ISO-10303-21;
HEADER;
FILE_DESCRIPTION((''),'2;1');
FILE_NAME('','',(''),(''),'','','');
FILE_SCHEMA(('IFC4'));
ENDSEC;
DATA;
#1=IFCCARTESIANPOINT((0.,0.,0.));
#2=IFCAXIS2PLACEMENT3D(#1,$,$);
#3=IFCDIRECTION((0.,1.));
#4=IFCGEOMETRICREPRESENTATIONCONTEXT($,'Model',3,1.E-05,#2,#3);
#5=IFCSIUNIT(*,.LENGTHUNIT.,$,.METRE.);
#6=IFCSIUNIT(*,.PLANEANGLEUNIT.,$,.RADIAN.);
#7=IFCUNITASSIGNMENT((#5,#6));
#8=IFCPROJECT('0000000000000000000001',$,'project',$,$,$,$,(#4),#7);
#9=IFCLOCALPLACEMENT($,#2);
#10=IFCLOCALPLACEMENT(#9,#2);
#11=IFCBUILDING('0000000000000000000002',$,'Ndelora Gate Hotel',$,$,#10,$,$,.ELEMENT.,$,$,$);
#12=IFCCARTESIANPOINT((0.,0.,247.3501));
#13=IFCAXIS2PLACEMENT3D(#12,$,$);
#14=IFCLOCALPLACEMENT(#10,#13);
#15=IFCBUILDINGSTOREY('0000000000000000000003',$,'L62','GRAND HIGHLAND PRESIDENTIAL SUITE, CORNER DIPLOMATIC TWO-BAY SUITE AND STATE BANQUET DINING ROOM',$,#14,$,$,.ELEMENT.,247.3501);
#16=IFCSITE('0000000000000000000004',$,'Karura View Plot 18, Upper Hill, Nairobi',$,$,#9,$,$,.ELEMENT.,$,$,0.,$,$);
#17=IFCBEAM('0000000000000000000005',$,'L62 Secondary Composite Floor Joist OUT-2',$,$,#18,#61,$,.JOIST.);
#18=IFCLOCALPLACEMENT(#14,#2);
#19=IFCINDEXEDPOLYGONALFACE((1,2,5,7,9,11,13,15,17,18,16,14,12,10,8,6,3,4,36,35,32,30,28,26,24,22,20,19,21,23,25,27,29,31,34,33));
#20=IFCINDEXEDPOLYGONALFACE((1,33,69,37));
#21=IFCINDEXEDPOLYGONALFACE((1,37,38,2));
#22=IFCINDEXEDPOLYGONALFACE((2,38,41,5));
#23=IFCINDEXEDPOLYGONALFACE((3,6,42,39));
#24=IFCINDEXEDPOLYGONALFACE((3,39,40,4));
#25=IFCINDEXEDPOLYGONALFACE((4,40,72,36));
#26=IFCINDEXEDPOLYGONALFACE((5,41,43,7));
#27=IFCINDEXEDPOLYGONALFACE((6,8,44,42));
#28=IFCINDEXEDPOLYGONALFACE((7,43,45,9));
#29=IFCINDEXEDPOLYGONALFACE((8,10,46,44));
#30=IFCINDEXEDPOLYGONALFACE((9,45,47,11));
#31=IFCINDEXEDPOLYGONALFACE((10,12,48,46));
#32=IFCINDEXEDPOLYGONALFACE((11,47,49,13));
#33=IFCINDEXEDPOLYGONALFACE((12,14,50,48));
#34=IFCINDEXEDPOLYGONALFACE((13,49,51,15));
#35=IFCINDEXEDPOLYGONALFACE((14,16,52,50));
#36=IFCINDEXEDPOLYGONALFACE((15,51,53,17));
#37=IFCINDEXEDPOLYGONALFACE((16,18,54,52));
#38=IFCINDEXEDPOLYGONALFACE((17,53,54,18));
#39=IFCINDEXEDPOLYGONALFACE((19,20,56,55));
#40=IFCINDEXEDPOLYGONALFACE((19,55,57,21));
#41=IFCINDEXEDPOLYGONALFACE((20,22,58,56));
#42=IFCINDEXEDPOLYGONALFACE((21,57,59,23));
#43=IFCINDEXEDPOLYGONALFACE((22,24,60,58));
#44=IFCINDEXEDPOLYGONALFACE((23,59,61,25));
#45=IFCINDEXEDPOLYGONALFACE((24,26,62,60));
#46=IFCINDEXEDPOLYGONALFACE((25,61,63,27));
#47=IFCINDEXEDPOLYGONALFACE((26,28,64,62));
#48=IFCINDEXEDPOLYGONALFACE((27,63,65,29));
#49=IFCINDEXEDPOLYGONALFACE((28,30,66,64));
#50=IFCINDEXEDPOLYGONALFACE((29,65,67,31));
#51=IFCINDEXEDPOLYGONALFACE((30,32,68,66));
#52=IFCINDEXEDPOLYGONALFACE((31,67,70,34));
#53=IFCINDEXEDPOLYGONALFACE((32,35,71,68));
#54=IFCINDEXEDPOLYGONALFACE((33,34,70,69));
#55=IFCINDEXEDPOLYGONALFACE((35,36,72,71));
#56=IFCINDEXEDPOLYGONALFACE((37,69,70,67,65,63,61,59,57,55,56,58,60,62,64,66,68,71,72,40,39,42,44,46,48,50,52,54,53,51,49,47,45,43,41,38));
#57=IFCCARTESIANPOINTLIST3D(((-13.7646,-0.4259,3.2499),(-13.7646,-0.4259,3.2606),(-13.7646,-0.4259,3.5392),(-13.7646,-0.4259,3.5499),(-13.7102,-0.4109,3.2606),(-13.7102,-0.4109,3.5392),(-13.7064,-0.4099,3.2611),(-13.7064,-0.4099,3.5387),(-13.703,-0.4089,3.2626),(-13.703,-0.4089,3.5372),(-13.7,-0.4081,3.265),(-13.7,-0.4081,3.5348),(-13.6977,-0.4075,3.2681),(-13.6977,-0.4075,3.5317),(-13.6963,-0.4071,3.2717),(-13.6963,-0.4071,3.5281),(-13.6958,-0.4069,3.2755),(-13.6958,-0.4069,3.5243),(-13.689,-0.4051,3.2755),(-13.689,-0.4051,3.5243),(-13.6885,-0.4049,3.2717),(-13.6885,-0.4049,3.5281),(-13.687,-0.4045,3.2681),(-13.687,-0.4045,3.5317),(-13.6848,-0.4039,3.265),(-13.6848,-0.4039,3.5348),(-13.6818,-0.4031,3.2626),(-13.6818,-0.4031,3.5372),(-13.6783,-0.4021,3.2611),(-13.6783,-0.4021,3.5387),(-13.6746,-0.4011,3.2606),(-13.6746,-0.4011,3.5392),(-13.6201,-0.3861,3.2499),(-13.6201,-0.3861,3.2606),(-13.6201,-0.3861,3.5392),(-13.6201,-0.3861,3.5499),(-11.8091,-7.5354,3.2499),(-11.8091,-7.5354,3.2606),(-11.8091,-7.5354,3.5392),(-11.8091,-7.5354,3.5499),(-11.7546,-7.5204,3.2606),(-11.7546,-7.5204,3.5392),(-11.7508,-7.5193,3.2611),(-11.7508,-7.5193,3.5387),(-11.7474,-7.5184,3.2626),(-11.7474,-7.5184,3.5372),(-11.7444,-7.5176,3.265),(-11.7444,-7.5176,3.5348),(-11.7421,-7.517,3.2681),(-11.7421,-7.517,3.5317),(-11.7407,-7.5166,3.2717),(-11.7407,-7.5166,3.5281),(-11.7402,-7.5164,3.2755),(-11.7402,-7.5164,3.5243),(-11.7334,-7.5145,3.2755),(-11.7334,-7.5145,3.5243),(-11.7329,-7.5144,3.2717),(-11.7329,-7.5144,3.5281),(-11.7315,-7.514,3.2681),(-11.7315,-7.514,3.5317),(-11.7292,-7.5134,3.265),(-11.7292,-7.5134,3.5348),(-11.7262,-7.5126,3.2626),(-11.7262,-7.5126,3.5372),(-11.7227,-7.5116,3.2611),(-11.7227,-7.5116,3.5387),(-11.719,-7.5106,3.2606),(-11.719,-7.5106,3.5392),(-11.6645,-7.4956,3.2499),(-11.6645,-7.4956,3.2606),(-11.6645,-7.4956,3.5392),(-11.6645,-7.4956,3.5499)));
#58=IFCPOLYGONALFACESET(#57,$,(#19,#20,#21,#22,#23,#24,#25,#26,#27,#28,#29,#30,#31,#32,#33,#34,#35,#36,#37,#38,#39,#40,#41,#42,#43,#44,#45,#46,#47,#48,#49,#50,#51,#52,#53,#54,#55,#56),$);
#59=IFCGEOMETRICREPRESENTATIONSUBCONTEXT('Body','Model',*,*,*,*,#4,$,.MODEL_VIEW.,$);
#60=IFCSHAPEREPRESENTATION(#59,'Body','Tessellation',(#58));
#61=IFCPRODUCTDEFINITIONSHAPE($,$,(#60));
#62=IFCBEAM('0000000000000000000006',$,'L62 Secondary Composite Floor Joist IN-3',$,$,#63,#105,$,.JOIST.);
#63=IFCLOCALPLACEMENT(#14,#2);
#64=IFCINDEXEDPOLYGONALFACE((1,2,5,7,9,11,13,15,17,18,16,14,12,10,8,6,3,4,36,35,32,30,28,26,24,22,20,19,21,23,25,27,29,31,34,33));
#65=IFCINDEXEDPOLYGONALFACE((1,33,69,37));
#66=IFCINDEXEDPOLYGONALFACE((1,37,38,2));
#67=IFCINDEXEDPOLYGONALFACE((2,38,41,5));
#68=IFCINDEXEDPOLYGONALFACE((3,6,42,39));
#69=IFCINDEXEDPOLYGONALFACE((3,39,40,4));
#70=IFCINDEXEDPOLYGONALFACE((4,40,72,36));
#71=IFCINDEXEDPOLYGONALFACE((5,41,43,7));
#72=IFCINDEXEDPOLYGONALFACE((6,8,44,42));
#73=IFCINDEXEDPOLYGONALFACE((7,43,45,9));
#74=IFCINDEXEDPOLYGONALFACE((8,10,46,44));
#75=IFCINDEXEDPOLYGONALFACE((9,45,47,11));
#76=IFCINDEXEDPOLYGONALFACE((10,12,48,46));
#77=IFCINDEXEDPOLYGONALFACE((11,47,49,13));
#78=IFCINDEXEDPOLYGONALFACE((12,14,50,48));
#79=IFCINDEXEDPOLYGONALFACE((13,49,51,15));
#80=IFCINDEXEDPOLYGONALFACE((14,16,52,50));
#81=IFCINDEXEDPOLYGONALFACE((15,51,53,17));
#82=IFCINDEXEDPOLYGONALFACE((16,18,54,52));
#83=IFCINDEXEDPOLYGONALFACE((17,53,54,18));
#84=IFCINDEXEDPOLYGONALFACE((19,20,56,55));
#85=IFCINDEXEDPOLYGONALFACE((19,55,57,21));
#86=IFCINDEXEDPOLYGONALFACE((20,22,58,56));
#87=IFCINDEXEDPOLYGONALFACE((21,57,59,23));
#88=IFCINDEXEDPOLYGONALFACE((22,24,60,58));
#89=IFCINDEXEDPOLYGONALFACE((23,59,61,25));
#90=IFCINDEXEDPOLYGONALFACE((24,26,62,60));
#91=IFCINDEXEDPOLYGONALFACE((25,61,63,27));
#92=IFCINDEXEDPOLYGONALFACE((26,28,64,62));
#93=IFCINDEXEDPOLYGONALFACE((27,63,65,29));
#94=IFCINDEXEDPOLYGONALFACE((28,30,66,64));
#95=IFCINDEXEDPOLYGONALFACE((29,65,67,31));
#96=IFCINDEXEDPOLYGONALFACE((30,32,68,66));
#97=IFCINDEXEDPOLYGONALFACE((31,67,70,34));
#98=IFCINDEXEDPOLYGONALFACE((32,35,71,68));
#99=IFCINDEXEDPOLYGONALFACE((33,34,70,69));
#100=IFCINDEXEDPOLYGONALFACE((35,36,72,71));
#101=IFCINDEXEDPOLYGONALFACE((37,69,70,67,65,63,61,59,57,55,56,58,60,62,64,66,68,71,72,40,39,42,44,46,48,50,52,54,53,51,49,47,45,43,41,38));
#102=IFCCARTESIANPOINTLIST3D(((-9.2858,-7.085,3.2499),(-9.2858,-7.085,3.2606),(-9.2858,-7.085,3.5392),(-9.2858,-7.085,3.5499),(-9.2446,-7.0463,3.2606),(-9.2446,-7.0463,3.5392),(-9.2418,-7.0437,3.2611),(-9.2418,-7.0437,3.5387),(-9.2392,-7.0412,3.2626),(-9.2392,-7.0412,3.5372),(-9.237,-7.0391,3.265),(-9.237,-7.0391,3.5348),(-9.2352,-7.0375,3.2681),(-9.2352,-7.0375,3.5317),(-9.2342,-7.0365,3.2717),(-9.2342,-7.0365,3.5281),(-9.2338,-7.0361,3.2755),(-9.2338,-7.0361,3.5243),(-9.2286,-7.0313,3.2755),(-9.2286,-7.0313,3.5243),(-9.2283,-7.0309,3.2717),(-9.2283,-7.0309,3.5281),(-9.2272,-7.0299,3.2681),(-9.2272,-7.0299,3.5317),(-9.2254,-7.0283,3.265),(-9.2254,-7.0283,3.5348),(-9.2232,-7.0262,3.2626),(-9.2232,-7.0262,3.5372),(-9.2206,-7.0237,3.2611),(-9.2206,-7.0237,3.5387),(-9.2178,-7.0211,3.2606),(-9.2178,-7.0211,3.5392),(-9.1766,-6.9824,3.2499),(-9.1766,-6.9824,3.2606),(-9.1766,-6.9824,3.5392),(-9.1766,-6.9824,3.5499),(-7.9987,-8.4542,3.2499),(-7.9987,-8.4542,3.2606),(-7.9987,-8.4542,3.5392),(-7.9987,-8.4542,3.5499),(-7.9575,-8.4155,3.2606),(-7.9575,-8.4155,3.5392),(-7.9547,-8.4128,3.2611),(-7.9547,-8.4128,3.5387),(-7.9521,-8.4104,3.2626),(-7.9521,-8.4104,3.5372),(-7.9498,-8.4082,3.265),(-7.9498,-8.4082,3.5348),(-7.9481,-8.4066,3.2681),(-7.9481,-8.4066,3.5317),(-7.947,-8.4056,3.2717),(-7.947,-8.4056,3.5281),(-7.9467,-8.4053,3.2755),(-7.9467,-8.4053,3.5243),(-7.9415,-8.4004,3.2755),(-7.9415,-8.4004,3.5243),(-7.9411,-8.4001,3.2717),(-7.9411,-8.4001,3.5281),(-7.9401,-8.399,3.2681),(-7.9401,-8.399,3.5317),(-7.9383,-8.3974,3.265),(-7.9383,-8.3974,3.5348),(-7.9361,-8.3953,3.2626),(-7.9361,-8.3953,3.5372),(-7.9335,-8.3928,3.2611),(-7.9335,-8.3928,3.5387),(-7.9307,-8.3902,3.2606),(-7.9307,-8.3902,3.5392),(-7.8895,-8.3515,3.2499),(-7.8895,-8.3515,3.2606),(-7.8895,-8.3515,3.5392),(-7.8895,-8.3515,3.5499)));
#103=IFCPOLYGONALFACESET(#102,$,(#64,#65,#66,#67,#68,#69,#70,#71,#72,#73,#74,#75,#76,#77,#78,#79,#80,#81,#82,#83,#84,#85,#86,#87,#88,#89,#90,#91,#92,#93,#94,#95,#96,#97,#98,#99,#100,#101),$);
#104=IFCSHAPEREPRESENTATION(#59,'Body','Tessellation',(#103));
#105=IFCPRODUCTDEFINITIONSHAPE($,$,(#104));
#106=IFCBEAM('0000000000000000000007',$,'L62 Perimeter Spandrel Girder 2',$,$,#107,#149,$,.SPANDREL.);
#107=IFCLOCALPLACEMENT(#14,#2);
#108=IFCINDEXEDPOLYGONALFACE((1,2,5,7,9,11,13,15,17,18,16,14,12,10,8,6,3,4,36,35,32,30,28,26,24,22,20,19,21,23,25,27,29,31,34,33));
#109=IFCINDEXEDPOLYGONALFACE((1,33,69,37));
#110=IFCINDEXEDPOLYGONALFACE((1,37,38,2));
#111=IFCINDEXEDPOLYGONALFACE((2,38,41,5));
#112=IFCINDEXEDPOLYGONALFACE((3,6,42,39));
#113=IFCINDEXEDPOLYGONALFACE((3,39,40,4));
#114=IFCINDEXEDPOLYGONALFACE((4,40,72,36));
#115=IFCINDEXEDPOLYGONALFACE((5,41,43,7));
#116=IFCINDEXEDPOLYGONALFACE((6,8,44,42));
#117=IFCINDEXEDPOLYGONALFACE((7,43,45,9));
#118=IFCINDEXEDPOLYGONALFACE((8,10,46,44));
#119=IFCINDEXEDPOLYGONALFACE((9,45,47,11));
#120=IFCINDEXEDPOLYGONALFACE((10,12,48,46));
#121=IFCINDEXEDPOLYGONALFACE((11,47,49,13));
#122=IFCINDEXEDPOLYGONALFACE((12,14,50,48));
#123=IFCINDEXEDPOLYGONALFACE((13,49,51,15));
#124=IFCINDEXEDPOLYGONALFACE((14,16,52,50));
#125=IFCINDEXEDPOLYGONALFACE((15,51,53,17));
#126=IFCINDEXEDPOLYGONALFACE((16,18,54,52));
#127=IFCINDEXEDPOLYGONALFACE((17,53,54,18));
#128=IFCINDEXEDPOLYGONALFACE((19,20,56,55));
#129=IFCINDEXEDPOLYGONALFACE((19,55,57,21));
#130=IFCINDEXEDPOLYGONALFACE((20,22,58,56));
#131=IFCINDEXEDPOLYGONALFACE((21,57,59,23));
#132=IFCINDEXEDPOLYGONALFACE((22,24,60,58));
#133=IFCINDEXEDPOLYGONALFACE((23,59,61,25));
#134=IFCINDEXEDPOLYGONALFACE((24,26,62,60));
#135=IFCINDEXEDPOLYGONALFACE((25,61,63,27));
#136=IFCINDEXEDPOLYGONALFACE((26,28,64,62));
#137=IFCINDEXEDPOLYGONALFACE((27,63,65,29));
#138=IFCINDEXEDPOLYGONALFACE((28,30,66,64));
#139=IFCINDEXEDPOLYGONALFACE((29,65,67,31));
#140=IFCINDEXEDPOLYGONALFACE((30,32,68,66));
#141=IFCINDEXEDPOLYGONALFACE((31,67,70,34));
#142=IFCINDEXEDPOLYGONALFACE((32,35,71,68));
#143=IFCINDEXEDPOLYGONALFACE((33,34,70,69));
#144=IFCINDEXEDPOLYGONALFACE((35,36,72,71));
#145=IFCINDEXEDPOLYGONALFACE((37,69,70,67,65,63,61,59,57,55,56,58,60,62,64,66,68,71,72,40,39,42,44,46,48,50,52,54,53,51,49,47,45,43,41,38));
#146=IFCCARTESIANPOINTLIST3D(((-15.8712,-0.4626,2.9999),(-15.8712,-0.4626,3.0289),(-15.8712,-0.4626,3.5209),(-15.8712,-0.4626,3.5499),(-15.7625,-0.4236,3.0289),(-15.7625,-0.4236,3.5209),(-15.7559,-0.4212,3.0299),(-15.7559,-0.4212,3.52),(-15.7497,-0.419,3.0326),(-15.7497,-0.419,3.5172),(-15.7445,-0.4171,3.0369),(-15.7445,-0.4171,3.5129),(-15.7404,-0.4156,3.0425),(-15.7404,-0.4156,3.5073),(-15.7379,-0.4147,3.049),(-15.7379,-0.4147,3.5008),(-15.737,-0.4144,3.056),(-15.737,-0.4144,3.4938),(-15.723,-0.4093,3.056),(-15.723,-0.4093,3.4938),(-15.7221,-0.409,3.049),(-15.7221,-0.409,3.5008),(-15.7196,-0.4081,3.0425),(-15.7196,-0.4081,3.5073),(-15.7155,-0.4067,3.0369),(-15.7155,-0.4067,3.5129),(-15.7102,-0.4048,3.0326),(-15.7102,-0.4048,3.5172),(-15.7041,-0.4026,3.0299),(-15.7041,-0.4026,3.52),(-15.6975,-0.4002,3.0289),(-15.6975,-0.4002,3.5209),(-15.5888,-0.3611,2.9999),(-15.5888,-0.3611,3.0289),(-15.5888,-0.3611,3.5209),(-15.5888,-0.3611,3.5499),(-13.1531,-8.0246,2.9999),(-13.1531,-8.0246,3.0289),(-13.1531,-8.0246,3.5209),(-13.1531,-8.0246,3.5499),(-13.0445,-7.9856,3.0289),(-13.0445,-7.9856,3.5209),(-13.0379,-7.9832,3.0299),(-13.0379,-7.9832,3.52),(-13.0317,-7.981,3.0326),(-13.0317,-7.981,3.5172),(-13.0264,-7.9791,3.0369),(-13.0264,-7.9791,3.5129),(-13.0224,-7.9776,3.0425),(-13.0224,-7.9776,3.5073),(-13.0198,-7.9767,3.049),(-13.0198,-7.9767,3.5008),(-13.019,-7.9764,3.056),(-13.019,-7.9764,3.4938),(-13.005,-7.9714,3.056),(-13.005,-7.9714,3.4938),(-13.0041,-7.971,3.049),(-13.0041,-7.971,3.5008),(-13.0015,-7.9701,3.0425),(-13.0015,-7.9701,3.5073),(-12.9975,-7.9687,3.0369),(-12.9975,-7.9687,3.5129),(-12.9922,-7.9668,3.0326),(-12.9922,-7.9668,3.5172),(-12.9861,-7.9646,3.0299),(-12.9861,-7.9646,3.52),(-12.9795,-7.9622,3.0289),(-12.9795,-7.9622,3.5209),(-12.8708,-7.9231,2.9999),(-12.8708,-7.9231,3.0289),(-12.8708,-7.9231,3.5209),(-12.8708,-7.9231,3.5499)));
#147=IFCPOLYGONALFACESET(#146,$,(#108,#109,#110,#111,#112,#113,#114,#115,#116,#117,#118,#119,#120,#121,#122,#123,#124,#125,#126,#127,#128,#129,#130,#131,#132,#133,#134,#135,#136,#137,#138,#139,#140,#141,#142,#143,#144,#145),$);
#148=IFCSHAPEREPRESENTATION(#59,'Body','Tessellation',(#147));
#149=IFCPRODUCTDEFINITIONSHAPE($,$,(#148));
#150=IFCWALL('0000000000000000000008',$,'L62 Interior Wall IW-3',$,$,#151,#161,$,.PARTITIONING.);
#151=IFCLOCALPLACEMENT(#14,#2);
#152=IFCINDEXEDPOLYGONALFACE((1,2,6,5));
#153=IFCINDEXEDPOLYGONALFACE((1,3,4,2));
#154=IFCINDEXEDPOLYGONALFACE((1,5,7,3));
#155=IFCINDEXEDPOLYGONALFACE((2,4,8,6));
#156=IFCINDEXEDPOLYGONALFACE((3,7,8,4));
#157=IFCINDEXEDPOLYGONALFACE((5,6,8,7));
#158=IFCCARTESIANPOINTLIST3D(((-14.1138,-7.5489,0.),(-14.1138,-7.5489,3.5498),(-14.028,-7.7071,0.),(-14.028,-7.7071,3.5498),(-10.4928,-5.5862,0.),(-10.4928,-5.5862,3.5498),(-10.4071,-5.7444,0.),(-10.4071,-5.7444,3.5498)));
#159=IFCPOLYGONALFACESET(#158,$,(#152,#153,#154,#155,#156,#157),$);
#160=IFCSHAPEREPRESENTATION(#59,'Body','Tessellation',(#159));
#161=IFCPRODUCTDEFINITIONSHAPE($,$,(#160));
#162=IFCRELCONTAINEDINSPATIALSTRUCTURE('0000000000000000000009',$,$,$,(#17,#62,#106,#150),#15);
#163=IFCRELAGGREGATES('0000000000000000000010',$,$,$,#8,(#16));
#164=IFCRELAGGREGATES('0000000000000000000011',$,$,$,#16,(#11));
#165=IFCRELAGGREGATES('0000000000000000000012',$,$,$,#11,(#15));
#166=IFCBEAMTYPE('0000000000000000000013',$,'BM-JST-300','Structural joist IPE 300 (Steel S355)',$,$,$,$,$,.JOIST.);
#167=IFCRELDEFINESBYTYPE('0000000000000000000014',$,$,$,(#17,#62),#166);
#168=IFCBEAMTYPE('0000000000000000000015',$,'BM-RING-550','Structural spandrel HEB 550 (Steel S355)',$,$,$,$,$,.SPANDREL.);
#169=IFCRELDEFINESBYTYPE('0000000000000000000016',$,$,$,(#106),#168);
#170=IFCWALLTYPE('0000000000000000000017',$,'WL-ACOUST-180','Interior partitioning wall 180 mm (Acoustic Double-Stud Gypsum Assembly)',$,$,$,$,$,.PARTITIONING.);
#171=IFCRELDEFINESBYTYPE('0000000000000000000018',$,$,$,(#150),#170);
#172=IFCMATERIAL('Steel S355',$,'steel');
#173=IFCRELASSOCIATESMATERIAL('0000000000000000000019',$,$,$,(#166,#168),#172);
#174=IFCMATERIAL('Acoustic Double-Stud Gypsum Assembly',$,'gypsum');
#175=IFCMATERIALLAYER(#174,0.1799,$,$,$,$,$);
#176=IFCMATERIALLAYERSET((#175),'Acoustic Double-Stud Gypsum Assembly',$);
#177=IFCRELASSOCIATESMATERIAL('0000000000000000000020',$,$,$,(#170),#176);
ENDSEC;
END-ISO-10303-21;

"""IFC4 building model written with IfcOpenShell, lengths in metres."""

from ifc_helpers import new_model, si_unit, direction, frame, frame_2d, origin, origin_2d, place, context, subcontext, project, spatial, rectangle, i_section, extrude, material, layer, layer_set, material_profile, profile_set, type_object, element, save


model = new_model("IFC4")

# Units and contexts
model_context = context("Model", 3, precision=1e-05, world=origin(), true_north=direction((0.0, 1.0)))
body_context = subcontext(model_context, "Body", "Model", "MODEL_VIEW")
ifc_project = project(units=[si_unit("LENGTHUNIT", "METRE"), si_unit("PLANEANGLEUNIT", "RADIAN")], contexts=[model_context])

# Site, building, storey
site_placement = place(None, origin())
site = spatial("IfcSite", under=ifc_project, at=site_placement, Name="Karura View Plot 18, Upper Hill, Nairobi", CompositionType="ELEMENT", RefElevation=0.0)
building_placement = place(site_placement, origin())
building = spatial("IfcBuilding", under=site, at=building_placement, Name="Ndelora Gate Hotel", CompositionType="ELEMENT")
storey_placement = place(building_placement, frame((0.0, 0.0, 247.3501)))
storey = spatial("IfcBuildingStorey", under=building, at=storey_placement, Name="L62", Description="GRAND HIGHLAND PRESIDENTIAL SUITE, CORNER DIPLOMATIC TWO-BAY SUITE AND STATE BANQUET DINING ROOM", CompositionType="ELEMENT", Elevation=247.3501)

# Beams
ifc_material_1 = material(Name="Steel S355", Category="steel")
ifc_material_profile_1 = material_profile(ifc_material_1, i_section(OverallWidth=0.1499, OverallDepth=0.3, WebThickness=0.0071, FlangeThickness=0.0107, FilletRadius=0.0149, at=origin_2d()), Name="IPE 300")
ifc_profile_set_1 = profile_set([ifc_material_profile_1], Name="Steel S355")
beam_type_1 = type_object("IfcBeamType", Name="BM-JST-300", Description="Structural joist IPE 300 (Steel S355)", PredefinedType="JOIST", material=ifc_profile_set_1)
beam_1_placement = place(storey_placement, frame((-13.6924, -0.406, 3.3999), z_axis=(0.265218, -0.964188, 0.0), x_axis=(0.964188, 0.265218, 0.0)))
element("IfcBeam", 1, at=beam_1_placement, inside=storey, type_object=beam_type_1, Name="L62 Secondary Composite Floor Joist OUT-2", PredefinedType="JOIST", context=body_context, shape_type="SweptSolid", body=[
    extrude(i_section(OverallWidth=0.1499, OverallDepth=0.3, WebThickness=0.0071, FlangeThickness=0.0107, FilletRadius=0.0149, at=origin_2d()), origin(), (0.0, 0.0, 1.0), 7.3735),
])
beam_2_placement = place(storey_placement, frame((-9.2312, -7.0337, 3.3999), z_axis=(0.684943, -0.728597, 0.0), x_axis=(0.728597, 0.684943, 0.0)))
element("IfcBeam", 2, at=beam_2_placement, inside=storey, type_object=beam_type_1, Name="L62 Secondary Composite Floor Joist IN-3", PredefinedType="JOIST", context=body_context, shape_type="SweptSolid", body=[
    extrude(i_section(OverallWidth=0.1499, OverallDepth=0.3, WebThickness=0.0071, FlangeThickness=0.0107, FilletRadius=0.0149, at=origin_2d()), origin(), (0.0, 0.0, 1.0), 1.8792),
])
ifc_material_profile_2 = material_profile(ifc_material_1, i_section(OverallWidth=0.3, OverallDepth=0.55, WebThickness=0.0149, FlangeThickness=0.0291, FilletRadius=0.0271, at=origin_2d()), Name="HEB 550")
ifc_profile_set_2 = profile_set([ifc_material_profile_2], Name="Steel S355")
beam_type_2 = type_object("IfcBeamType", Name="BM-RING-550", Description="Structural spandrel HEB 550 (Steel S355)", PredefinedType="SPANDREL", material=ifc_profile_set_2)
beam_3_placement = place(storey_placement, frame((-15.73, -0.4119, 3.2749), z_axis=(0.338245, -0.941058, 0.0), x_axis=(0.941058, 0.338245, 0.0)))
element("IfcBeam", 3, at=beam_3_placement, inside=storey, type_object=beam_type_2, Name="L62 Perimeter Spandrel Girder 2", PredefinedType="SPANDREL", context=body_context, shape_type="SweptSolid", body=[
    extrude(i_section(OverallWidth=0.3, OverallDepth=0.55, WebThickness=0.0149, FlangeThickness=0.0291, FilletRadius=0.0271, at=origin_2d()), origin(), (0.0, 0.0, 1.0), 8.0356),
])

# Wall
ifc_material_2 = material(Name="Acoustic Double-Stud Gypsum Assembly", Category="gypsum")
ifc_layer_1 = layer(ifc_material_2, 0.1799)
ifc_layer_set_1 = layer_set([ifc_layer_1], Name="Acoustic Double-Stud Gypsum Assembly")
wall_type_1 = type_object("IfcWallType", Name="WL-ACOUST-180", Description="Interior partitioning wall 180 mm (Acoustic Double-Stud Gypsum Assembly)", PredefinedType="PARTITIONING", material=ifc_layer_set_1)
wall_1_placement = place(storey_placement, frame((-10.45, -5.6653, 0.0), z_axis=(0.0, 0.0, 1.0), x_axis=(-0.879154, -0.476537, 0.0)))
element("IfcWall", 4, at=wall_1_placement, inside=storey, type_object=wall_type_1, Name="L62 Interior Wall IW-3", PredefinedType="PARTITIONING", context=body_context, shape_type="SweptSolid", body=[
    extrude(rectangle(XDim=4.1187, YDim=0.1799, at=frame_2d((2.0593, 0.0))), origin(), (0.0, 0.0, 1.0), 3.5498),
])

save(model, "model.ifc")
